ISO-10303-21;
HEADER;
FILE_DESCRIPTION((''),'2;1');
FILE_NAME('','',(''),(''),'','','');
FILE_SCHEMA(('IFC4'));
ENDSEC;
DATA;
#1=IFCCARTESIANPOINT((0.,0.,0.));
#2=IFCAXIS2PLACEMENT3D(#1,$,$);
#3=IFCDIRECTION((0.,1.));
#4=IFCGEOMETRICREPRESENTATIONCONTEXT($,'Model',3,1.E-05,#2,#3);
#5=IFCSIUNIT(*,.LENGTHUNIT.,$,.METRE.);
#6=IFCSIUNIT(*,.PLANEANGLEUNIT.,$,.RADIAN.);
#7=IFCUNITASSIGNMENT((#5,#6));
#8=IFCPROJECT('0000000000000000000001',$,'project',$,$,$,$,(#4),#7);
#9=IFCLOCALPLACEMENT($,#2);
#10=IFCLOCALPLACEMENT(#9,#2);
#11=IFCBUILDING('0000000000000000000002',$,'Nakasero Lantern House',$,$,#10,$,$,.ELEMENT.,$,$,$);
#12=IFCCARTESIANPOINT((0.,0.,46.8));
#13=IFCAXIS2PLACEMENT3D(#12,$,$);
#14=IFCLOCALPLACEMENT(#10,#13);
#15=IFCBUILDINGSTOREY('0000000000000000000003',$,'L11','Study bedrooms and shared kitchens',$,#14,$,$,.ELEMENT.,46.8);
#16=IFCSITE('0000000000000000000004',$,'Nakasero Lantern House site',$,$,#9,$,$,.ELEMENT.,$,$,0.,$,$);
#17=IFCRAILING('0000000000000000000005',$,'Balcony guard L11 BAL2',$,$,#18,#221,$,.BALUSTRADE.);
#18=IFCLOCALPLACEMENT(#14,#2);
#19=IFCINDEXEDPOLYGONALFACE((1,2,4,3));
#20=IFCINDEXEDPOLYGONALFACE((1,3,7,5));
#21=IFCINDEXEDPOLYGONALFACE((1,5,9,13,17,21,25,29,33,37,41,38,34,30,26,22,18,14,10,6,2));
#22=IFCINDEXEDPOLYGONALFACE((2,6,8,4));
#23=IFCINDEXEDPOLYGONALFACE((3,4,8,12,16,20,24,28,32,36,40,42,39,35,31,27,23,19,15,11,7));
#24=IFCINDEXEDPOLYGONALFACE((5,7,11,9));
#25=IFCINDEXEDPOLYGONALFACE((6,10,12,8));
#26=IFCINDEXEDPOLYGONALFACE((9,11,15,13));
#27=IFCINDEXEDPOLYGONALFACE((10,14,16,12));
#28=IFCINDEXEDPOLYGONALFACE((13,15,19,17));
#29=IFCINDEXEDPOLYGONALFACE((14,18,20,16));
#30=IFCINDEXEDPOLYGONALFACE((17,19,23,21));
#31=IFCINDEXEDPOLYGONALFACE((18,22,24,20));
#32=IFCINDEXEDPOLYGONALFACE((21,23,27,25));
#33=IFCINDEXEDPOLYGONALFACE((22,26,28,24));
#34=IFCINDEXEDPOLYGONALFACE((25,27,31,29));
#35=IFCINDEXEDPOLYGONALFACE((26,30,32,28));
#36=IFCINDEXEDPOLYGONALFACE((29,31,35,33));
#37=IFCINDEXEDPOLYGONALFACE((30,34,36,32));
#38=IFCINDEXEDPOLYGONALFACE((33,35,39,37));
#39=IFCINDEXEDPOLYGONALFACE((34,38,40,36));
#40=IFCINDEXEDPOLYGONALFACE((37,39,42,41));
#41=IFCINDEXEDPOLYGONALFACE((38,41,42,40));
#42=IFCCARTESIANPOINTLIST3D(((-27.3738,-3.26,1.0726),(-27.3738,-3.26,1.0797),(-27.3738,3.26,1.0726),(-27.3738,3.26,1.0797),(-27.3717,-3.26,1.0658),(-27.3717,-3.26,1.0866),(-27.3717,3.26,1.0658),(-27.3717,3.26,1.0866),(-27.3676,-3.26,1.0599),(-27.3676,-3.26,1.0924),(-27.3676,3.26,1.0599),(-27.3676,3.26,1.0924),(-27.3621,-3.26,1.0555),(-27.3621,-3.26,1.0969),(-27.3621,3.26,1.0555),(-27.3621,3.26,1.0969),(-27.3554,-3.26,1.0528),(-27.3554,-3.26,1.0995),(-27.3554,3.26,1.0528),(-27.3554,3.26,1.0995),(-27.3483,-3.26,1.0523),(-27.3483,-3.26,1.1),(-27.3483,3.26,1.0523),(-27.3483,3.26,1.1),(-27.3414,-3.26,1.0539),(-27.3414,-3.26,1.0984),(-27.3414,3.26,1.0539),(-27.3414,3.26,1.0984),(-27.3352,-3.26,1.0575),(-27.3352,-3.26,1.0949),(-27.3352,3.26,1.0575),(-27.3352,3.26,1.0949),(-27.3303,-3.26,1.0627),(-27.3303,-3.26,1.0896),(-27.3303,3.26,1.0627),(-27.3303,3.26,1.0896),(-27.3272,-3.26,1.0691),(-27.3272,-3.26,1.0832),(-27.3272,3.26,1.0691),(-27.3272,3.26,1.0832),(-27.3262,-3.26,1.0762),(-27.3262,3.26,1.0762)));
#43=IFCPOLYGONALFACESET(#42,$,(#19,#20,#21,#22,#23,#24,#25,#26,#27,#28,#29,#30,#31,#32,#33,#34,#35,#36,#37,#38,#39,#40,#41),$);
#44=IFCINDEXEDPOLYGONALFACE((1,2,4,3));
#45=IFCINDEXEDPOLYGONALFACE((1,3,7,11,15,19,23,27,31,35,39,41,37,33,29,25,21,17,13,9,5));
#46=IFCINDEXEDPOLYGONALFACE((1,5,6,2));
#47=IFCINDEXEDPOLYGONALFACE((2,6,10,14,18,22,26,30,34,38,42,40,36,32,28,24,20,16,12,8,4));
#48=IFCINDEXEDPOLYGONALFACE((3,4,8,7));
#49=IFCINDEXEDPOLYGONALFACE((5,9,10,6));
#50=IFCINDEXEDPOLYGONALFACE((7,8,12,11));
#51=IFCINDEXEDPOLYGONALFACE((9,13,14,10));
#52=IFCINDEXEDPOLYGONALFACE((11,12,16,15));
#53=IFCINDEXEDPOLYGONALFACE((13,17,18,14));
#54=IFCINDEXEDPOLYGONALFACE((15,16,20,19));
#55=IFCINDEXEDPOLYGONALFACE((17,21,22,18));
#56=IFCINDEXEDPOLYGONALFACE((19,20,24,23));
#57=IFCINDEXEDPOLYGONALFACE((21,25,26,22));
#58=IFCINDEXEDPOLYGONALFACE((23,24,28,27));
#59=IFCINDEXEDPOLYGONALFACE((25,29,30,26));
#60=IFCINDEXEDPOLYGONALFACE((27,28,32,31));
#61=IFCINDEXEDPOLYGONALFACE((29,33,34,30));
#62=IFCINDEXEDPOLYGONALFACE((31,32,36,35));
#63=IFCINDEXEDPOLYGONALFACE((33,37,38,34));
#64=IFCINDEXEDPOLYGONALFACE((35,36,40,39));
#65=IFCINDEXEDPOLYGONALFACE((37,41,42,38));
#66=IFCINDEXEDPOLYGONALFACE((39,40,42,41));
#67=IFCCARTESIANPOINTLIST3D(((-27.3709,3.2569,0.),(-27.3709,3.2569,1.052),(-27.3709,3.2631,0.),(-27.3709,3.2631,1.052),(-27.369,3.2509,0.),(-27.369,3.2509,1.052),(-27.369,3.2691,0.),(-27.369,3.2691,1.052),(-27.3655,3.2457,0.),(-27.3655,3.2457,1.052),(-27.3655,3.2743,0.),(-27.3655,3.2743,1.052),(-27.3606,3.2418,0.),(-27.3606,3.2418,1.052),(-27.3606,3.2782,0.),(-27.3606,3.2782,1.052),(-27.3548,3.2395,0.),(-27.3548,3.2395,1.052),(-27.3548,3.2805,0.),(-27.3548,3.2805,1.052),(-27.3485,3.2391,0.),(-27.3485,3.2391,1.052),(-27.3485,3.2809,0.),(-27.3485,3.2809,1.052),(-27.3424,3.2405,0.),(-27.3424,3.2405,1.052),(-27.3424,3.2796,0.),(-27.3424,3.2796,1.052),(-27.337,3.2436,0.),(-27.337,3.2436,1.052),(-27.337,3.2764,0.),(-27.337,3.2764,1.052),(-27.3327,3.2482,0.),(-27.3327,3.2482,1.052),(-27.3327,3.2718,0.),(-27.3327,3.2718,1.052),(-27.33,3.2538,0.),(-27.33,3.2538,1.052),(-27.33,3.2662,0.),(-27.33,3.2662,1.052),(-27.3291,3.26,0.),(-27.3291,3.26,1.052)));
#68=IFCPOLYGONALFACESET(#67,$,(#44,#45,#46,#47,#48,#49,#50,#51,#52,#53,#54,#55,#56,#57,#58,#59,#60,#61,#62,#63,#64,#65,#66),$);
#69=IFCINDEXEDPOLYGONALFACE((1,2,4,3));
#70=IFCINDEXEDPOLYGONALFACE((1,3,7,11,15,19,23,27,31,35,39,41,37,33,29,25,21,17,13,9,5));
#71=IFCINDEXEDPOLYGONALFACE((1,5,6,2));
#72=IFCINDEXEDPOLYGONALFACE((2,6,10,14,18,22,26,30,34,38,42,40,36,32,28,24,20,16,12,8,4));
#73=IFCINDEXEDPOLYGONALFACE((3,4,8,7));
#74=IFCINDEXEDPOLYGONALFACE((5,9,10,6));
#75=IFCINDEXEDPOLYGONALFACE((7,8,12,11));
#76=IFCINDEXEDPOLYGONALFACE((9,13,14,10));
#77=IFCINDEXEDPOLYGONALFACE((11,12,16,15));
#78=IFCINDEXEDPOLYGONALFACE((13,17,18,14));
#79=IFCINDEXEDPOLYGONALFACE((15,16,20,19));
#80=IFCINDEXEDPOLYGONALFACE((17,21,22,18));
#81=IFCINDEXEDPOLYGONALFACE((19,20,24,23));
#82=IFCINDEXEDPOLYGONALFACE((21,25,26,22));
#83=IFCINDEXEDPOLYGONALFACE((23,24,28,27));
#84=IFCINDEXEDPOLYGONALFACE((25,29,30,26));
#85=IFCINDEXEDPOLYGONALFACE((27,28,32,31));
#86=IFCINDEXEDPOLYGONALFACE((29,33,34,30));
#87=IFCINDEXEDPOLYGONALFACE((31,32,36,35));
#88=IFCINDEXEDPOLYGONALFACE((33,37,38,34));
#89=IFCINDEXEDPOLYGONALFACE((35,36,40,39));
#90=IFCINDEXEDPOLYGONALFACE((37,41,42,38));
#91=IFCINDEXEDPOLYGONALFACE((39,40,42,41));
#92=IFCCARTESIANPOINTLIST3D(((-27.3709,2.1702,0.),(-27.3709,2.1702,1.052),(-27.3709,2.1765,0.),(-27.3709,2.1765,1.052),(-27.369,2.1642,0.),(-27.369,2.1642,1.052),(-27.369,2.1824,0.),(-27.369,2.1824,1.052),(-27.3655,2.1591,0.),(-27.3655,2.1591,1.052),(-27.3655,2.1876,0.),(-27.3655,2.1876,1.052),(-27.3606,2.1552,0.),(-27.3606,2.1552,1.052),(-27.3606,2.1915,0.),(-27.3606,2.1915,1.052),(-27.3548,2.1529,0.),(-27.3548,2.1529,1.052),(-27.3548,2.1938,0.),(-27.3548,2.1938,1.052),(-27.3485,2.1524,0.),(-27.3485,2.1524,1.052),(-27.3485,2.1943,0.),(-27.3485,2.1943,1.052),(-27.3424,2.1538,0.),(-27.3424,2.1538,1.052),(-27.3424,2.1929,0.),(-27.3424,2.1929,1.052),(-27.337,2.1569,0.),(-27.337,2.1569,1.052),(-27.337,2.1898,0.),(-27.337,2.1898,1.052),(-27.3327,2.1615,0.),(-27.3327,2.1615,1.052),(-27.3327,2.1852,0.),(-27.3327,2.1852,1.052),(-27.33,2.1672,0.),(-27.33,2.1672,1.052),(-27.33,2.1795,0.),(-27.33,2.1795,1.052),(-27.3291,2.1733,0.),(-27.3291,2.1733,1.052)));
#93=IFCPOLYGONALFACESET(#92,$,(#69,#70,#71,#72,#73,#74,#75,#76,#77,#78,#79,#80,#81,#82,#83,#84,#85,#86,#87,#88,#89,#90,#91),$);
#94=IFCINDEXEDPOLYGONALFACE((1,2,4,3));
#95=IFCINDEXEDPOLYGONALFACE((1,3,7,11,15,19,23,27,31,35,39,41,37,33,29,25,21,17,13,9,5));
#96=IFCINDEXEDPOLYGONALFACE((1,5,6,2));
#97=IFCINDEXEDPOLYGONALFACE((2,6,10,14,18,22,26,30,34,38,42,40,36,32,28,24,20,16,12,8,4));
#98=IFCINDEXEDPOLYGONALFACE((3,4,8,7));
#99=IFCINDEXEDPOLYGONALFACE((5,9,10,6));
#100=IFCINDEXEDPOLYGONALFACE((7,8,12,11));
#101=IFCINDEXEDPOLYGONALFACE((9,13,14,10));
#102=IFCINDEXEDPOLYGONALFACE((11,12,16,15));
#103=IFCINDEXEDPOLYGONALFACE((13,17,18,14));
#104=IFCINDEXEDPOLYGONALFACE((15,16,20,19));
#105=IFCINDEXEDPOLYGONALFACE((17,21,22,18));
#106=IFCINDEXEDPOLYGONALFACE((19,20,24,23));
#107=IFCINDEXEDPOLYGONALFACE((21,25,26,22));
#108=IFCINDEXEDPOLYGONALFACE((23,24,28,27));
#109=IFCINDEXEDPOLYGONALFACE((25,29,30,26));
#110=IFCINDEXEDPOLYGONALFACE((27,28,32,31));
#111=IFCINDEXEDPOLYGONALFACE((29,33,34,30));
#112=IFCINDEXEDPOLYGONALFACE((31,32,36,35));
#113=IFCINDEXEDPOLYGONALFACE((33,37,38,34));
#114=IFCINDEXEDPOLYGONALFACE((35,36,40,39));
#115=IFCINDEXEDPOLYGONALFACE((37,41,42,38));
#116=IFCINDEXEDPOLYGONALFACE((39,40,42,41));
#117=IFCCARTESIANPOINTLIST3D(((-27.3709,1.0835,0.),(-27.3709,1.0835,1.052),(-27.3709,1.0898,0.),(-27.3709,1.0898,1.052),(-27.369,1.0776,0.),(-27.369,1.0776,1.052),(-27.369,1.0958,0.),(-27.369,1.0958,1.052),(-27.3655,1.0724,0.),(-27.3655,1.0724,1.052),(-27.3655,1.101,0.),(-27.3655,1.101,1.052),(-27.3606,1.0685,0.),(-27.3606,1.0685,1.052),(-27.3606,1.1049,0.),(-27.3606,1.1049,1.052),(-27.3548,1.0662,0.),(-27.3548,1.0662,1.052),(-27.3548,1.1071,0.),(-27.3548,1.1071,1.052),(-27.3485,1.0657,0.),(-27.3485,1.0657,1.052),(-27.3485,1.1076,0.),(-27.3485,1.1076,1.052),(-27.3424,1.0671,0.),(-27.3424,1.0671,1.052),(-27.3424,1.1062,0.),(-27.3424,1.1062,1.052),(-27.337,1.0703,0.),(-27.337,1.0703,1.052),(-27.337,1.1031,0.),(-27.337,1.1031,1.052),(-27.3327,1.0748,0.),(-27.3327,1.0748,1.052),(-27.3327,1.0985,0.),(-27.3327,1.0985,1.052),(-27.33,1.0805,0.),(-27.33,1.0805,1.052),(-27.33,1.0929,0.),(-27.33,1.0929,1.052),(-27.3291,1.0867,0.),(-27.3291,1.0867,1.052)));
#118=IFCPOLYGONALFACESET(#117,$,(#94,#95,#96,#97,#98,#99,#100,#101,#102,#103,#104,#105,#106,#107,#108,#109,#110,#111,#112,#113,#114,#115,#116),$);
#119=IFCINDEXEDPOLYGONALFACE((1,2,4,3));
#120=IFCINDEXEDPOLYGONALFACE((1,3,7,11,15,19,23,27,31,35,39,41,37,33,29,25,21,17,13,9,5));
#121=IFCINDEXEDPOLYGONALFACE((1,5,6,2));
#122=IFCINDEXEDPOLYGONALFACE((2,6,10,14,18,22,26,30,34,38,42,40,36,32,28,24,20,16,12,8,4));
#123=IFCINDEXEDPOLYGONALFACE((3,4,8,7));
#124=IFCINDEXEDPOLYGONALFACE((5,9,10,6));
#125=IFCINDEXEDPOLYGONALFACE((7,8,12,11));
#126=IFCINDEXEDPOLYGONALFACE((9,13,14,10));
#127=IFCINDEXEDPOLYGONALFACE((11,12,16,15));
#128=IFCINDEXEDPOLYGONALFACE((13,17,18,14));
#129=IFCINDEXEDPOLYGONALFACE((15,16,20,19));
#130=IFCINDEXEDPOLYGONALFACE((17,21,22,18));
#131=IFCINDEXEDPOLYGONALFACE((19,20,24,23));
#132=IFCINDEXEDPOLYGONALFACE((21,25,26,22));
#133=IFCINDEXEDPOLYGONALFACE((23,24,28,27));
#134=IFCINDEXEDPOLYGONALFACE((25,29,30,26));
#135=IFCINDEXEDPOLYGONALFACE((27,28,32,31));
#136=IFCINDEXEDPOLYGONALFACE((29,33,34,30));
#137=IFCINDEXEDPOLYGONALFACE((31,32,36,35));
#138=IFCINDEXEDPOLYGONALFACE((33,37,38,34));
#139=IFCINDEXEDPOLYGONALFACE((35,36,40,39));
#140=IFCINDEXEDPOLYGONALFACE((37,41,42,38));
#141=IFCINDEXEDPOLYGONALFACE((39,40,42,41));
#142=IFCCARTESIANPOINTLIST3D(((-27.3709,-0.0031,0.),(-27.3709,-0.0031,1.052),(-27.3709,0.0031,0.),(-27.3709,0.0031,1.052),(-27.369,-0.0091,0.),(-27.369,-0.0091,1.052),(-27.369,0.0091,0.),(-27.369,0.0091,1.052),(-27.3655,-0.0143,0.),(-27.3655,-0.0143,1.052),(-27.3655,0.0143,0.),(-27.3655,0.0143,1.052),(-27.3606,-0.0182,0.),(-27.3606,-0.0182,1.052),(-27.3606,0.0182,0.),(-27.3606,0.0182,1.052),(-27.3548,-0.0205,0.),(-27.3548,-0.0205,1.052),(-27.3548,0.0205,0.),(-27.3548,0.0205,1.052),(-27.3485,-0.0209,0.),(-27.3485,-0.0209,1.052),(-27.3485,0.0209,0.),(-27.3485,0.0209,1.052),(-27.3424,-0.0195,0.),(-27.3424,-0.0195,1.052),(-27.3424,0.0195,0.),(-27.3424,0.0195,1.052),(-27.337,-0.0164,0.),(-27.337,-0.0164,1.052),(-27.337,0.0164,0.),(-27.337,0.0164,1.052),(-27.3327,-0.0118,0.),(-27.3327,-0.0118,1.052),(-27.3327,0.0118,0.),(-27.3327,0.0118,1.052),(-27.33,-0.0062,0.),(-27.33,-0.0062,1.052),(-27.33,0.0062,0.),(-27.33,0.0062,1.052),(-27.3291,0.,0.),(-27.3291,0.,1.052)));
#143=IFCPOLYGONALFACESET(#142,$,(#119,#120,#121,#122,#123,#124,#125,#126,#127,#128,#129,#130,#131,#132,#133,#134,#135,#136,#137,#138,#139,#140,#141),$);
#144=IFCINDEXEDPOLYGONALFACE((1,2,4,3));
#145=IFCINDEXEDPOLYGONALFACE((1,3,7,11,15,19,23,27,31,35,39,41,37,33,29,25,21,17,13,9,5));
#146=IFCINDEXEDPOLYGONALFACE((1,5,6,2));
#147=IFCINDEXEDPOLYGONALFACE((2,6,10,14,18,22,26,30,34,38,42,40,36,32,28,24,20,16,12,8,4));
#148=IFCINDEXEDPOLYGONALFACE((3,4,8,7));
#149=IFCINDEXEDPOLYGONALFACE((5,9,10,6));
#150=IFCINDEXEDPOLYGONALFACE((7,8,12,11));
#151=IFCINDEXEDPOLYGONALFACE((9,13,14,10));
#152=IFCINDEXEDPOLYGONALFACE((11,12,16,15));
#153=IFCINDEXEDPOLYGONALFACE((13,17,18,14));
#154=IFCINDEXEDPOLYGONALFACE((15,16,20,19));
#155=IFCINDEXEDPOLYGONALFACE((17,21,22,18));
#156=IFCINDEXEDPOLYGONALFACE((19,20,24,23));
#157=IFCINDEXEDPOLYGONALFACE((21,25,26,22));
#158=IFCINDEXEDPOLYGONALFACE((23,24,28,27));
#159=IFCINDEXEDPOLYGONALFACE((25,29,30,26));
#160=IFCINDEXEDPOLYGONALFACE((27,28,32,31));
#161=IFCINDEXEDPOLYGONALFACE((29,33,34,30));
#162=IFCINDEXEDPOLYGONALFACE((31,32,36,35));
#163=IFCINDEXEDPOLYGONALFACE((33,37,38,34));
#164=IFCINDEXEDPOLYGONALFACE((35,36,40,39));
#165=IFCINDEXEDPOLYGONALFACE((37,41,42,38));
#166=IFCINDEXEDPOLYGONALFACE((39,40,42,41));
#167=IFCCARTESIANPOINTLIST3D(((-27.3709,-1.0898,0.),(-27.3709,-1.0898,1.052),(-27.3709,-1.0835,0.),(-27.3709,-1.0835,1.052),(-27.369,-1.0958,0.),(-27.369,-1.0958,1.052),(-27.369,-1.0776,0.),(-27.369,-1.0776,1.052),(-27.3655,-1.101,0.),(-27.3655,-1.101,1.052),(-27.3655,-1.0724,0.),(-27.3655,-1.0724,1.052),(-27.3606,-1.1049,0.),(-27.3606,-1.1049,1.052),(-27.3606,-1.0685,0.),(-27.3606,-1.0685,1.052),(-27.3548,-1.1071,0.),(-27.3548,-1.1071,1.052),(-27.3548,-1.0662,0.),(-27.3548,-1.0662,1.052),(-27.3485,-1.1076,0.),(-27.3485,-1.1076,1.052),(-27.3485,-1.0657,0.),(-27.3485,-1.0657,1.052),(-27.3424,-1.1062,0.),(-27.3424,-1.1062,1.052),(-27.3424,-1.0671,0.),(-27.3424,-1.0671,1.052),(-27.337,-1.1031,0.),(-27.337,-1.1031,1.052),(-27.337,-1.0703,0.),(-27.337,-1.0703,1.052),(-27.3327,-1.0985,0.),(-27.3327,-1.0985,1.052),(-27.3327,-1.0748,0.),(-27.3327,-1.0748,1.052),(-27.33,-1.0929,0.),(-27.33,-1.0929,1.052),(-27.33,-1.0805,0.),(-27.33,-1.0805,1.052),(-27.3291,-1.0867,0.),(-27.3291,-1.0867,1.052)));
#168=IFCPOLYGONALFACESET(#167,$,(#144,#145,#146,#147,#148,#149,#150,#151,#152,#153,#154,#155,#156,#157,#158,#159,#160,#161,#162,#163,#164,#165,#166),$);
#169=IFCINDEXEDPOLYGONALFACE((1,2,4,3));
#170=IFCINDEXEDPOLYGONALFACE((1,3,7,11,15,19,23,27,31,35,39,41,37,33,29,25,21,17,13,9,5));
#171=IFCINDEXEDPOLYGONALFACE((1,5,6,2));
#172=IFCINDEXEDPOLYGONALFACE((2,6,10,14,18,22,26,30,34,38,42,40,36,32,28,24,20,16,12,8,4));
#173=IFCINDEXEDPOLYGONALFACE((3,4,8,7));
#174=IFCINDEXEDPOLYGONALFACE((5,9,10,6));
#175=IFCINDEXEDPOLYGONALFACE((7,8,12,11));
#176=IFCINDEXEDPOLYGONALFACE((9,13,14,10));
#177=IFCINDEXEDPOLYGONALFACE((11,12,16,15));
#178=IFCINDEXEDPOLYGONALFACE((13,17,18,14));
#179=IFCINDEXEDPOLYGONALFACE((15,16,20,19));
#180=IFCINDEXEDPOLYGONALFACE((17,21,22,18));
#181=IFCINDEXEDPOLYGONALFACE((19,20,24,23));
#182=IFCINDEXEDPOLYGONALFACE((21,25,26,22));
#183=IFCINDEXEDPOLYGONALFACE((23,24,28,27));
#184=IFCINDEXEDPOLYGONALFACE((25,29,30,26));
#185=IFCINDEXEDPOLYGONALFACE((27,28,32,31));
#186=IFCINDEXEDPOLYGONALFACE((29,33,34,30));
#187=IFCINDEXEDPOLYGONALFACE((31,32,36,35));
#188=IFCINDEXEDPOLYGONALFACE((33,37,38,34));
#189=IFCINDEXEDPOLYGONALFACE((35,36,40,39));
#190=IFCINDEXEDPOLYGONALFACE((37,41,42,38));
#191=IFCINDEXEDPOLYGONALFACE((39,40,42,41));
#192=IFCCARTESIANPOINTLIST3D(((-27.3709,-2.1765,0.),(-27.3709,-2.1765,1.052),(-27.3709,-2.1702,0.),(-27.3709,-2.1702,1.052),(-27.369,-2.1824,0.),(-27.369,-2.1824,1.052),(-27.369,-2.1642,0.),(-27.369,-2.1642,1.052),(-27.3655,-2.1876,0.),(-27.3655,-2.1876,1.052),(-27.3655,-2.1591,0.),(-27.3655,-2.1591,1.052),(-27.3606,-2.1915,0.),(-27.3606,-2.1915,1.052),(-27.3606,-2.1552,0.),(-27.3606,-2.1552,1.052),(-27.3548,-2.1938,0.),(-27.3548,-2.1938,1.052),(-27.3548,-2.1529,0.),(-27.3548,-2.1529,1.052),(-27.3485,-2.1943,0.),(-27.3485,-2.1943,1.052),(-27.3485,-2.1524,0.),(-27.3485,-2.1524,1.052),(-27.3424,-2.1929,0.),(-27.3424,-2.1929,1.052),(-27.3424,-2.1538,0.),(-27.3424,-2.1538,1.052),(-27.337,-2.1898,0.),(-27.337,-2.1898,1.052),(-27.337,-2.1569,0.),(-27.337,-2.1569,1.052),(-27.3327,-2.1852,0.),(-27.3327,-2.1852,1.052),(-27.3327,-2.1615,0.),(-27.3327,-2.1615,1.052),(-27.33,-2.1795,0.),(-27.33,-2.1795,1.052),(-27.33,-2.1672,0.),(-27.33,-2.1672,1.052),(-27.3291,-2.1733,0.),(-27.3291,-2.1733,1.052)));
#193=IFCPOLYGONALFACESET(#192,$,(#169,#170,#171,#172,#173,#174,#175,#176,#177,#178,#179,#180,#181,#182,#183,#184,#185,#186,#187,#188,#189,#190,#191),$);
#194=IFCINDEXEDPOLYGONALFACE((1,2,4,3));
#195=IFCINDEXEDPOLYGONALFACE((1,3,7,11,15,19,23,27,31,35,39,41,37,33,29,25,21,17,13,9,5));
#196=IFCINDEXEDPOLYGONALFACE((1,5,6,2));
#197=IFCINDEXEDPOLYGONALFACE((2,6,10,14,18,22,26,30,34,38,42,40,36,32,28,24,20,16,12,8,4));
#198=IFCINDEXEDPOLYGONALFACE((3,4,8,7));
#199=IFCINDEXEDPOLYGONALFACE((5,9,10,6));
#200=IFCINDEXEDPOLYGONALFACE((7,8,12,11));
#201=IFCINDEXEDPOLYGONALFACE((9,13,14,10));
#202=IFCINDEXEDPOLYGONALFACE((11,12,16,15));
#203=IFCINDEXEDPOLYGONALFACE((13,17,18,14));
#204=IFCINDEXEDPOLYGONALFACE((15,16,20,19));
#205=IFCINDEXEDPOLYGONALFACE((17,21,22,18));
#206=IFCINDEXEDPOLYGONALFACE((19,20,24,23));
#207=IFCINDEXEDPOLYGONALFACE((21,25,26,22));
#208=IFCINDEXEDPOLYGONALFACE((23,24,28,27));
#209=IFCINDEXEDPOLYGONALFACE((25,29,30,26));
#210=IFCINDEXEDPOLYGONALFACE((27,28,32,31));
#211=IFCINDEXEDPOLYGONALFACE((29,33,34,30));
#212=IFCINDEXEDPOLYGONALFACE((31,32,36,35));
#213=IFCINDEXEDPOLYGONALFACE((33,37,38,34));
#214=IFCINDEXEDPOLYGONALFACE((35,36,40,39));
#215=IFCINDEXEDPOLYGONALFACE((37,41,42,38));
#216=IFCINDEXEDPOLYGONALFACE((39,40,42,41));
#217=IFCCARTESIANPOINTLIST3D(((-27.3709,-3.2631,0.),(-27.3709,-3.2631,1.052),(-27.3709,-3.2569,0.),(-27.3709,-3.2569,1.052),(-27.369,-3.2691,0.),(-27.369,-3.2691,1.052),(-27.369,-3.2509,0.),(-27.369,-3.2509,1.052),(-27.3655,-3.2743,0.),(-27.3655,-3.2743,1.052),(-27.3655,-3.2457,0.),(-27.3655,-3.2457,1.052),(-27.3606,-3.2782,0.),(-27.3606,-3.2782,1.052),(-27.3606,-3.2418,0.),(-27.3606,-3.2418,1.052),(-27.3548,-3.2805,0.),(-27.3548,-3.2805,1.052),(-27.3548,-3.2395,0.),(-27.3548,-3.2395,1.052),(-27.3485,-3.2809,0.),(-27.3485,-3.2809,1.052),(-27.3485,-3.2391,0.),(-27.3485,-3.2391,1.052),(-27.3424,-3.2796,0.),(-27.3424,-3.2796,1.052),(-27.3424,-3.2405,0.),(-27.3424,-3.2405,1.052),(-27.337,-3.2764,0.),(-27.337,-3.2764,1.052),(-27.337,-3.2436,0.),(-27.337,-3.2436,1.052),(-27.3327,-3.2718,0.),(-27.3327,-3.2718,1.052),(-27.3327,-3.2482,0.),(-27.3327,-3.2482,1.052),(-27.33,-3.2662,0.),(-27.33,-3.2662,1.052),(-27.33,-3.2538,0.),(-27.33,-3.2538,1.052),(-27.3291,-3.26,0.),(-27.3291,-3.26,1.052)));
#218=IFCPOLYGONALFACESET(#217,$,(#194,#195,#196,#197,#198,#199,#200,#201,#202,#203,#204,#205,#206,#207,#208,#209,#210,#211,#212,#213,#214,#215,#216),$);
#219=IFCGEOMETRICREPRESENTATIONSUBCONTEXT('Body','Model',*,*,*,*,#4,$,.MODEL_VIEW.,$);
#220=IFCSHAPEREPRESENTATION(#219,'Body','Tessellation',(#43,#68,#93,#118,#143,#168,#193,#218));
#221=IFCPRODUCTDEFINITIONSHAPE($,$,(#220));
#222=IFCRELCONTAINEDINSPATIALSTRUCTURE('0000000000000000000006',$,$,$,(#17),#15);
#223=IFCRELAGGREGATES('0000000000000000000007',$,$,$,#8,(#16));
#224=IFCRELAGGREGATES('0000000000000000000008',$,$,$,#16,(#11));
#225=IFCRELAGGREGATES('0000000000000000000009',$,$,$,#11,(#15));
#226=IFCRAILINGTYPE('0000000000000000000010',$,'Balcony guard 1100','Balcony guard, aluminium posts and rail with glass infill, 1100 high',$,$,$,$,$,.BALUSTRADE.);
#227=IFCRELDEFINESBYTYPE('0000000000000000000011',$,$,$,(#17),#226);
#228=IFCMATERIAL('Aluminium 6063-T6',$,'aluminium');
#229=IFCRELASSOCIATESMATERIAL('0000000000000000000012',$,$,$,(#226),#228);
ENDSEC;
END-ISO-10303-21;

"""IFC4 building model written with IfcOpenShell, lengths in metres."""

from ifc_helpers import new_model, si_unit, direction, frame, origin, origin_2d, place, context, subcontext, project, spatial, circle, extrude, material, type_object, element, save


model = new_model("IFC4")

# Units and contexts
model_context = context("Model", 3, precision=1e-05, world=origin(), true_north=direction((0.0, 1.0)))
body_context = subcontext(model_context, "Body", "Model", "MODEL_VIEW")
ifc_project = project(units=[si_unit("LENGTHUNIT", "METRE"), si_unit("PLANEANGLEUNIT", "RADIAN")], contexts=[model_context])

# Site, building, storey
site_placement = place(None, origin())
site = spatial("IfcSite", under=ifc_project, at=site_placement, Name="Nakasero Lantern House site", CompositionType="ELEMENT", RefElevation=0.0)
building_placement = place(site_placement, origin())
building = spatial("IfcBuilding", under=site, at=building_placement, Name="Nakasero Lantern House", CompositionType="ELEMENT")
storey_placement = place(building_placement, frame((0.0, 0.0, 46.8)))
storey = spatial("IfcBuildingStorey", under=building, at=storey_placement, Name="L11", Description="Study bedrooms and shared kitchens", CompositionType="ELEMENT", Elevation=46.8)

# Railing
ifc_material_1 = material(Name="Aluminium 6063-T6", Category="aluminium")
railing_type = type_object("IfcRailingType", Name="Balcony guard 1100", Description="Balcony guard, aluminium posts and rail with glass infill, 1100 high", PredefinedType="BALUSTRADE", material=ifc_material_1)
railing_placement = place(storey_placement, frame((-27.3501, 3.26, 0.0)))
element("IfcRailing", 1, at=railing_placement, inside=storey, type_object=railing_type, Name="Balcony guard L11 BAL2", PredefinedType="BALUSTRADE", context=body_context, shape_type="SweptSolid", body=[
    extrude(circle(Radius=0.0239, at=origin_2d()), frame((0.0, 0.0, 1.0762), z_axis=(0.0, -1.0, 0.0), x_axis=(1.0, 0.0, 0.0)), (0.0, 0.0, 1.0), 6.52),
    extrude(circle(Radius=0.021, at=origin_2d()), origin(), (0.0, 0.0, 1.0), 1.052),
    extrude(circle(Radius=0.021, at=origin_2d()), frame((0.0, -1.0867, 0.0)), (0.0, 0.0, 1.0), 1.052),
    extrude(circle(Radius=0.021, at=origin_2d()), frame((0.0, -2.1733, 0.0)), (0.0, 0.0, 1.0), 1.052),
    extrude(circle(Radius=0.021, at=origin_2d()), frame((0.0, -3.26, 0.0)), (0.0, 0.0, 1.0), 1.052),
    extrude(circle(Radius=0.021, at=origin_2d()), frame((0.0, -4.3467, 0.0)), (0.0, 0.0, 1.0), 1.052),
    extrude(circle(Radius=0.021, at=origin_2d()), frame((0.0, -5.4333, 0.0)), (0.0, 0.0, 1.0), 1.052),
    extrude(circle(Radius=0.021, at=origin_2d()), frame((0.0, -6.52, 0.0)), (0.0, 0.0, 1.0), 1.052),
])

save(model, "model.ifc")
